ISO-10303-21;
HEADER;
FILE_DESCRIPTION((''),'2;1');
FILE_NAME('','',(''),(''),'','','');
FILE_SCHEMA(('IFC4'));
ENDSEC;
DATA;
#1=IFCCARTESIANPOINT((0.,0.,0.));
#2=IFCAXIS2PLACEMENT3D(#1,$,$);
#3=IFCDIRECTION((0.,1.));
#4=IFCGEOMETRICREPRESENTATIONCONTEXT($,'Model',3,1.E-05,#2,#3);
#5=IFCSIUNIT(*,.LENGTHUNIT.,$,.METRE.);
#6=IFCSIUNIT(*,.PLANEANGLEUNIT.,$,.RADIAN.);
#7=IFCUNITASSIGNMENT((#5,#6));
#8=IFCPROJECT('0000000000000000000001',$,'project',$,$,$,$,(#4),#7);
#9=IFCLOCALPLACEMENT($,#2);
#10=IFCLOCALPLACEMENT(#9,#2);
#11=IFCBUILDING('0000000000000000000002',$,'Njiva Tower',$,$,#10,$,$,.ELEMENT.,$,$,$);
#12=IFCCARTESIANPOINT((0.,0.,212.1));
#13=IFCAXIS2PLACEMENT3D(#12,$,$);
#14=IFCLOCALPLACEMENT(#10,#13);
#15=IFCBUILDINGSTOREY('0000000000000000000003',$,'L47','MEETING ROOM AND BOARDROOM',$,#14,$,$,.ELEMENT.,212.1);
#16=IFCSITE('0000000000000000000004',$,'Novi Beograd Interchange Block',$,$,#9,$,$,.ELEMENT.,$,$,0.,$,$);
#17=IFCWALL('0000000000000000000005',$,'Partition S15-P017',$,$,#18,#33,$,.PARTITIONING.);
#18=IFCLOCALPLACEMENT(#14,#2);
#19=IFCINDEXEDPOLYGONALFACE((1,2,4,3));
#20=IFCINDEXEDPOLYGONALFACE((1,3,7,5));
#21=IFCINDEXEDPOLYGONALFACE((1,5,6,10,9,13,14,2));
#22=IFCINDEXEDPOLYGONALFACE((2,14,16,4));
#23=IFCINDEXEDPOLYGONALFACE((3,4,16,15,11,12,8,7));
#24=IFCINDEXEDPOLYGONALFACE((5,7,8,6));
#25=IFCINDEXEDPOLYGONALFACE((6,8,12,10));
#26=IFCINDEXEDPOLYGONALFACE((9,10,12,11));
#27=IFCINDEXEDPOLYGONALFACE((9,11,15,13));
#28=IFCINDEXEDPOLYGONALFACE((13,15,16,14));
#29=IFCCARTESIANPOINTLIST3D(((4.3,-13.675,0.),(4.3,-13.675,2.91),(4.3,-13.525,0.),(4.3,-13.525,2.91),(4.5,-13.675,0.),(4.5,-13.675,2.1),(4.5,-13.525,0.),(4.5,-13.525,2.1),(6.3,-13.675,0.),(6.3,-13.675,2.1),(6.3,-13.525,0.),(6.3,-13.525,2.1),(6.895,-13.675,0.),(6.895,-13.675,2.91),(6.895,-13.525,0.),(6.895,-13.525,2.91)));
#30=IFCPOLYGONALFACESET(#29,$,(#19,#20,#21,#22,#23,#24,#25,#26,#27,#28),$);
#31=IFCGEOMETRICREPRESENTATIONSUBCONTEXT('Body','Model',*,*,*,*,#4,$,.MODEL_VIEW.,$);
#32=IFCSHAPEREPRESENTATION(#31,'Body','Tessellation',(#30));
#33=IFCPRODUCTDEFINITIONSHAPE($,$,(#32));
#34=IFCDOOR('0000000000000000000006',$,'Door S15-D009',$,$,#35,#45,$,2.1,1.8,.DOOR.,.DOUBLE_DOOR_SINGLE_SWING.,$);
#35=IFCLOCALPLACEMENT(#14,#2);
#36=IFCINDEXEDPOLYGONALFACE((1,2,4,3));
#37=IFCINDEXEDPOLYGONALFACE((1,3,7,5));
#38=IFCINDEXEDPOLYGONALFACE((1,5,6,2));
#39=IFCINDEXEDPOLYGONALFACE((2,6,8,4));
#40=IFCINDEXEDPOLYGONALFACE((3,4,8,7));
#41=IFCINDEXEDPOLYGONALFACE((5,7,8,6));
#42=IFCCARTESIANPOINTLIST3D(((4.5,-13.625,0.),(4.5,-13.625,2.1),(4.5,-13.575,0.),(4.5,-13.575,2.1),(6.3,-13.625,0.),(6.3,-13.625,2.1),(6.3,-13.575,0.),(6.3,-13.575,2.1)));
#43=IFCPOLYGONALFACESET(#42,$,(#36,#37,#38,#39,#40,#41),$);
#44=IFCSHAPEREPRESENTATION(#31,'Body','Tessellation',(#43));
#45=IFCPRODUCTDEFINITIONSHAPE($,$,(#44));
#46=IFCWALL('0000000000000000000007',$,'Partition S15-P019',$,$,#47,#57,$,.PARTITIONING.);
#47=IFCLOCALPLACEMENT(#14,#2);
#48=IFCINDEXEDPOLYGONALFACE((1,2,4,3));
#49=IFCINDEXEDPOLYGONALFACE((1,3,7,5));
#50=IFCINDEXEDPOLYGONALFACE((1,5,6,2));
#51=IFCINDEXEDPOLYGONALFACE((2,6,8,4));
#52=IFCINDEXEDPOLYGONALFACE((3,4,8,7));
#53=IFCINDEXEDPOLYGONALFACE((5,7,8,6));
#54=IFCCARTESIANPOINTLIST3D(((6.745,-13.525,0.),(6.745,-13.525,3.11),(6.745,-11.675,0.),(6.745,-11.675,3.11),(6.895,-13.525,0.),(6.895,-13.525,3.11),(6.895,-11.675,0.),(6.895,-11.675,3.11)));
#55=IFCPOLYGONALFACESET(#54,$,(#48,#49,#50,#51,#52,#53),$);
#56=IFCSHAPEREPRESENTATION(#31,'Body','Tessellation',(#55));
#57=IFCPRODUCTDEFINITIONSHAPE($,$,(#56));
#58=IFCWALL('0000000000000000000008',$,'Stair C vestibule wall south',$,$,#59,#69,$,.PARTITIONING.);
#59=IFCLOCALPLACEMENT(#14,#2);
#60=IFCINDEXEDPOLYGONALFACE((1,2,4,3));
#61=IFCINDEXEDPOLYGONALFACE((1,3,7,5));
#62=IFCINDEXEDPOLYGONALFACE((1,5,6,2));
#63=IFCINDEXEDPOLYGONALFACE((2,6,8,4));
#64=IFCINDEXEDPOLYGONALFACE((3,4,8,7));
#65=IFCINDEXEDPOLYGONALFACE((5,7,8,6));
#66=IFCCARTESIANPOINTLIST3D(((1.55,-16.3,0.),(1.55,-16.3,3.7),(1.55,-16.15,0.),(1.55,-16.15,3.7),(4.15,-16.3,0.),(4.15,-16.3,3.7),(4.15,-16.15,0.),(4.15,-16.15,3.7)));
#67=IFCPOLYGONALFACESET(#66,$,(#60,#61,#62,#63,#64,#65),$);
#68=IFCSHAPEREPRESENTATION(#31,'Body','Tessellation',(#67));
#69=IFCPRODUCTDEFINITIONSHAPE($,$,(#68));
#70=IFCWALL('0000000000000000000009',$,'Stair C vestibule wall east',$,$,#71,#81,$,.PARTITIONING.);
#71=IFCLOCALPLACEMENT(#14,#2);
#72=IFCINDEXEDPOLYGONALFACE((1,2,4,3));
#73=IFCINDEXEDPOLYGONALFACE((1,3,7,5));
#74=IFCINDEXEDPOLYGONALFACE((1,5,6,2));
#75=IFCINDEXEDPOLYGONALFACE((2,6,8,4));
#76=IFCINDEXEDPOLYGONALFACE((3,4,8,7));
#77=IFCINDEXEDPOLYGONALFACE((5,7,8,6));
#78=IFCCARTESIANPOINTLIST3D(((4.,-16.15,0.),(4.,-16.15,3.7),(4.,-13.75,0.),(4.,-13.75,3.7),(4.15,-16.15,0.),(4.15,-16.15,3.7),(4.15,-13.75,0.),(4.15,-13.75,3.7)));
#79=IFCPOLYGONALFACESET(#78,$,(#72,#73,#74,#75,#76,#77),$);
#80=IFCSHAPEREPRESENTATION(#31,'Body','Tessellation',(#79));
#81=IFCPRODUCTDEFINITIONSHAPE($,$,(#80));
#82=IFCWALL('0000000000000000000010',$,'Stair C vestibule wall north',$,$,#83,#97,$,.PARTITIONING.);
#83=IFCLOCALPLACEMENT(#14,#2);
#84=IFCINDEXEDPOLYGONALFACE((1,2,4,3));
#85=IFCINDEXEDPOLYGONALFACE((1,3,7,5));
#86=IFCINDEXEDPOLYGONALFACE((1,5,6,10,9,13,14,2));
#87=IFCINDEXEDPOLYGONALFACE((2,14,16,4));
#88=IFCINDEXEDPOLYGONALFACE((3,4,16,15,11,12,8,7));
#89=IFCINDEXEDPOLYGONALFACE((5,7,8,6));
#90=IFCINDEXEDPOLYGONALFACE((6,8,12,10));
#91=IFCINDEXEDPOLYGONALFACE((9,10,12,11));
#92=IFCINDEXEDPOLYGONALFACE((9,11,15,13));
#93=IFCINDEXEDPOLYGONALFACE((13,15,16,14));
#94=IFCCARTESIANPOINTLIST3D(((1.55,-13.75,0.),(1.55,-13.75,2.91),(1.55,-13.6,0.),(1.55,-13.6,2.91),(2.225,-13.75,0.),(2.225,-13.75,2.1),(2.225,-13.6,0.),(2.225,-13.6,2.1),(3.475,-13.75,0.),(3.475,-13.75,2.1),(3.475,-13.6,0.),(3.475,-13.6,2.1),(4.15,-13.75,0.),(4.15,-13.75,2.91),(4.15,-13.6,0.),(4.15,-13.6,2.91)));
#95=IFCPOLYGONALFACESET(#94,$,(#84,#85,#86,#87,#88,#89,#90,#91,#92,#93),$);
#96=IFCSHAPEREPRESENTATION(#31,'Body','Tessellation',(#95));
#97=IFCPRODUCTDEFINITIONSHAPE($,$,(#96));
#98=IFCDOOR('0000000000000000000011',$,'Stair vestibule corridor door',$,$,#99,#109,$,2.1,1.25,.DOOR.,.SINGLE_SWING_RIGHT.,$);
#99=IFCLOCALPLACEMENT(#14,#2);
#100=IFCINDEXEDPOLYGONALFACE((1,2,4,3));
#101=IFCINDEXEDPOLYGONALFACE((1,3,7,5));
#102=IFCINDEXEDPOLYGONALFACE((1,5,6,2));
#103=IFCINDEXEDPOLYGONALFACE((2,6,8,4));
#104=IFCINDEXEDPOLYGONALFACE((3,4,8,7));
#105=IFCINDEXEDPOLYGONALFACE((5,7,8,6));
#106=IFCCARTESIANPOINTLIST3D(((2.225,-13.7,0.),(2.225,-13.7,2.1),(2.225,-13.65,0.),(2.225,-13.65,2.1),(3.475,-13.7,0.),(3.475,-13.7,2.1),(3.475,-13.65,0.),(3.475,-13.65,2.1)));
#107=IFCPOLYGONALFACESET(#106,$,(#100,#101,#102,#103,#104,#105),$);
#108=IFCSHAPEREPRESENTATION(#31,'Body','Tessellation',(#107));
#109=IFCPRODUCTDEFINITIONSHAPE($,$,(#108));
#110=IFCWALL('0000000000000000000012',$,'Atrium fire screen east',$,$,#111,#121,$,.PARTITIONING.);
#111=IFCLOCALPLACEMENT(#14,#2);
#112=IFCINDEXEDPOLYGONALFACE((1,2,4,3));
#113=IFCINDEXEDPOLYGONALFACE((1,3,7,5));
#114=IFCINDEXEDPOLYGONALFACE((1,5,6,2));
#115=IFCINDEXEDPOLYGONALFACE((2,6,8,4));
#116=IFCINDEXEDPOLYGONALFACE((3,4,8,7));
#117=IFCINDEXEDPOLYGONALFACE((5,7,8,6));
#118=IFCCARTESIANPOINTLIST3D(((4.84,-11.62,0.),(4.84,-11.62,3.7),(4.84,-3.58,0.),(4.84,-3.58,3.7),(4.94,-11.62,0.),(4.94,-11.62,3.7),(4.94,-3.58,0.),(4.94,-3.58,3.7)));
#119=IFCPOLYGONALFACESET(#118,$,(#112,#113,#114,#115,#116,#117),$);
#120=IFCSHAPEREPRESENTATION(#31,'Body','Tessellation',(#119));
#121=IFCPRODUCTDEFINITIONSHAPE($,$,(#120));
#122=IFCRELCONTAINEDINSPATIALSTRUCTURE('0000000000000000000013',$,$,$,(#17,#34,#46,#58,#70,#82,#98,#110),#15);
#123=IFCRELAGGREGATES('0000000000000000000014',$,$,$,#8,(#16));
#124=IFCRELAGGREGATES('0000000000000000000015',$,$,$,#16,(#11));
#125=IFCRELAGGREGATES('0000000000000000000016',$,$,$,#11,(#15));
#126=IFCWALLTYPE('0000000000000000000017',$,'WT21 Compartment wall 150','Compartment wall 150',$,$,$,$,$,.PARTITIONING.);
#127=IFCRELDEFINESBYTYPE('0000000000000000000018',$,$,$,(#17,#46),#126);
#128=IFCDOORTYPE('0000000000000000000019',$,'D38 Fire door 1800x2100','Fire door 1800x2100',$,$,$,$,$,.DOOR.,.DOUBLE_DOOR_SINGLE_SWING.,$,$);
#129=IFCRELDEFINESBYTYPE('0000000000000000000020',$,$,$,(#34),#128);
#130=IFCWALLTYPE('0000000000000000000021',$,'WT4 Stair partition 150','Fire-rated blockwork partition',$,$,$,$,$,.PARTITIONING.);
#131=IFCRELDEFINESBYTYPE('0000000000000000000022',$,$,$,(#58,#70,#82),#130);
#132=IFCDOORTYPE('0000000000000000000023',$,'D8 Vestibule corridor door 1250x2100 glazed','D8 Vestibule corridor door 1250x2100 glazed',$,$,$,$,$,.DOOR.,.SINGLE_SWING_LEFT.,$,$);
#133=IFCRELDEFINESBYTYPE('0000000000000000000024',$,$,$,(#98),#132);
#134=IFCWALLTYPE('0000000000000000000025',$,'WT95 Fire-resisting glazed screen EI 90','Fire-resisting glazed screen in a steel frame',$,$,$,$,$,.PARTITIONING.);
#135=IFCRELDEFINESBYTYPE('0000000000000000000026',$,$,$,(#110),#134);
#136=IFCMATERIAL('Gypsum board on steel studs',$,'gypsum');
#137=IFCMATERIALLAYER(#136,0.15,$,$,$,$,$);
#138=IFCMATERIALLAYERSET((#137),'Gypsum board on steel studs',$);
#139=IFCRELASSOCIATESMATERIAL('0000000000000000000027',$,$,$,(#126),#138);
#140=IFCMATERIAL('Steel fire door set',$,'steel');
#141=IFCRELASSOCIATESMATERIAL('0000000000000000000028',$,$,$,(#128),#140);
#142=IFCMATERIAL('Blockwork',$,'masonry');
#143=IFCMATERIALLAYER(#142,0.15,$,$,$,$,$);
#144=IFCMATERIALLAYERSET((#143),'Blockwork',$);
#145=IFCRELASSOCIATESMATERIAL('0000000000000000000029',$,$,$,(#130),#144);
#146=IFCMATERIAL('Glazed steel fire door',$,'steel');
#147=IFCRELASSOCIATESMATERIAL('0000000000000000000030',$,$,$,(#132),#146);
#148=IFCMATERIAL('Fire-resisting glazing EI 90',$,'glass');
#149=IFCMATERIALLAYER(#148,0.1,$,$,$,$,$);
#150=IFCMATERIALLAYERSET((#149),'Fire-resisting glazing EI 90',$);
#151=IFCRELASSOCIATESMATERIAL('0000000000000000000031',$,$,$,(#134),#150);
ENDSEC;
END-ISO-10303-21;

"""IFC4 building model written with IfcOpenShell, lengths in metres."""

from ifc_helpers import new_model, si_unit, direction, frame, frame_2d, origin, place, context, subcontext, project, spatial, rectangle, extrude, material, layer, layer_set, type_object, element, fill, save


model = new_model("IFC4")

# Units and contexts
model_context = context("Model", 3, precision=1e-05, world=origin(), true_north=direction((0.0, 1.0)))
body_context = subcontext(model_context, "Body", "Model", "MODEL_VIEW")
ifc_project = project(units=[si_unit("LENGTHUNIT", "METRE"), si_unit("PLANEANGLEUNIT", "RADIAN")], contexts=[model_context])

# Site, building, storey
site_placement = place(None, origin())
site = spatial("IfcSite", under=ifc_project, at=site_placement, Name="Novi Beograd Interchange Block", CompositionType="ELEMENT", RefElevation=0.0)
building_placement = place(site_placement, origin())
building = spatial("IfcBuilding", under=site, at=building_placement, Name="Njiva Tower", CompositionType="ELEMENT")
storey_placement = place(building_placement, frame((0.0, 0.0, 212.1)))
storey = spatial("IfcBuildingStorey", under=building, at=storey_placement, Name="L47", Description="MEETING ROOM AND BOARDROOM", CompositionType="ELEMENT", Elevation=212.1)

# Shared definitions
ifc_material_1 = material(Name="Gypsum board on steel studs", Category="gypsum")

# Wall, opening, door
ifc_layer_1 = layer(ifc_material_1, 0.15)
ifc_layer_set_1 = layer_set([ifc_layer_1], Name="Gypsum board on steel studs")
wall_type_1 = type_object("IfcWallType", Name="WT21 Compartment wall 150", Description="Compartment wall 150", PredefinedType="PARTITIONING", material=ifc_layer_set_1)
wall_1_placement = place(storey_placement, frame((4.3, -13.6, 0.0), z_axis=(0.0, 0.0, 1.0), x_axis=(1.0, 0.0, 0.0)))
wall_1 = element("IfcWall", 1, at=wall_1_placement, inside=storey, type_object=wall_type_1, Name="Partition S15-P017", PredefinedType="PARTITIONING", context=body_context, shape_type="SweptSolid", body=[
    extrude(rectangle(XDim=2.595, YDim=0.15, at=frame_2d((1.2975, 0.0))), origin(), (0.0, 0.0, 1.0), 2.91),
])
opening_1_placement = place(wall_1_placement, frame((0.2, 0.0, 0.0)))
opening_1 = element("IfcOpeningElement", 2, at=opening_1_placement, cuts=wall_1, PredefinedType="OPENING", context=body_context, shape_type="SweptSolid", body=[
    extrude(rectangle(XDim=1.8, YDim=2.1, at=frame_2d((0.9, 1.05))), frame((0.0, 0.085, 0.0), z_axis=(0.0, -1.0, 0.0), x_axis=(1.0, 0.0, 0.0)), (0.0, 0.0, 1.0), 0.17),
])
ifc_material_2 = material(Name="Steel fire door set", Category="steel")
door_type_1 = type_object("IfcDoorType", Name="D38 Fire door 1800x2100", Description="Fire door 1800x2100", OperationType="DOUBLE_DOOR_SINGLE_SWING", PredefinedType="DOOR", material=ifc_material_2)
door_1_placement = place(opening_1_placement, origin())
door_1 = element("IfcDoor", 3, at=door_1_placement, inside=storey, type_object=door_type_1, Name="Door S15-D009", OperationType="DOUBLE_DOOR_SINGLE_SWING", OverallHeight=2.1, OverallWidth=1.8, PredefinedType="DOOR", context=body_context, shape_type="SweptSolid", body=[
    extrude(rectangle(XDim=1.8, YDim=2.1, at=frame_2d((0.9, 1.05))), frame((0.0, 0.025, 0.0), z_axis=(0.0, -1.0, 0.0), x_axis=(1.0, 0.0, 0.0)), (0.0, 0.0, 1.0), 0.05),
])
fill(opening_1, door_1)

# Walls
wall_2_placement = place(storey_placement, frame((6.82, -13.525, 0.0), z_axis=(0.0, 0.0, 1.0), x_axis=(0.0, 1.0, 0.0)))
element("IfcWall", 4, at=wall_2_placement, inside=storey, type_object=wall_type_1, Name="Partition S15-P019", PredefinedType="PARTITIONING", context=body_context, shape_type="SweptSolid", body=[
    extrude(rectangle(XDim=1.85, YDim=0.15, at=frame_2d((0.925, 0.0))), origin(), (0.0, 0.0, 1.0), 3.11),
])
ifc_material_3 = material(Name="Blockwork", Category="masonry")
ifc_layer_2 = layer(ifc_material_3, 0.15)
ifc_layer_set_2 = layer_set([ifc_layer_2], Name="Blockwork")
wall_type_2 = type_object("IfcWallType", Name="WT4 Stair partition 150", Description="Fire-rated blockwork partition", PredefinedType="PARTITIONING", material=ifc_layer_set_2)
wall_3_placement = place(storey_placement, frame((1.55, -16.225, 0.0), z_axis=(0.0, 0.0, 1.0), x_axis=(1.0, 0.0, 0.0)))
element("IfcWall", 5, at=wall_3_placement, inside=storey, type_object=wall_type_2, Name="Stair C vestibule wall south", PredefinedType="PARTITIONING", context=body_context, shape_type="SweptSolid", body=[
    extrude(rectangle(XDim=2.6, YDim=0.15, at=frame_2d((1.3, 0.0))), origin(), (0.0, 0.0, 1.0), 3.7),
])
wall_4_placement = place(storey_placement, frame((4.075, -16.15, 0.0), z_axis=(0.0, 0.0, 1.0), x_axis=(0.0, 1.0, 0.0)))
element("IfcWall", 6, at=wall_4_placement, inside=storey, type_object=wall_type_2, Name="Stair C vestibule wall east", PredefinedType="PARTITIONING", context=body_context, shape_type="SweptSolid", body=[
    extrude(rectangle(XDim=2.4, YDim=0.15, at=frame_2d((1.2, 0.0))), origin(), (0.0, 0.0, 1.0), 3.7),
])

# Wall, opening, door
wall_5_placement = place(storey_placement, frame((1.55, -13.675, 0.0), z_axis=(0.0, 0.0, 1.0), x_axis=(1.0, 0.0, 0.0)))
wall_5 = element("IfcWall", 7, at=wall_5_placement, inside=storey, type_object=wall_type_2, Name="Stair C vestibule wall north", PredefinedType="PARTITIONING", context=body_context, shape_type="SweptSolid", body=[
    extrude(rectangle(XDim=2.6, YDim=0.15, at=frame_2d((1.3, 0.0))), origin(), (0.0, 0.0, 1.0), 2.91),
])
opening_2_placement = place(wall_5_placement, frame((0.675, 0.0, 0.0)))
opening_2 = element("IfcOpeningElement", 8, at=opening_2_placement, cuts=wall_5, PredefinedType="OPENING", context=body_context, shape_type="SweptSolid", body=[
    extrude(rectangle(XDim=1.25, YDim=2.1, at=frame_2d((0.625, 1.05))), frame((0.0, 0.085, 0.0), z_axis=(0.0, -1.0, 0.0), x_axis=(1.0, 0.0, 0.0)), (0.0, 0.0, 1.0), 0.17),
])
ifc_material_4 = material(Name="Glazed steel fire door", Category="steel")
door_type_2 = type_object("IfcDoorType", Name="D8 Vestibule corridor door 1250x2100 glazed", Description="D8 Vestibule corridor door 1250x2100 glazed", OperationType="SINGLE_SWING_LEFT", PredefinedType="DOOR", material=ifc_material_4)
door_2_placement = place(opening_2_placement, origin())
door_2 = element("IfcDoor", 9, at=door_2_placement, inside=storey, type_object=door_type_2, Name="Stair vestibule corridor door", OperationType="SINGLE_SWING_RIGHT", OverallHeight=2.1, OverallWidth=1.25, PredefinedType="DOOR", context=body_context, shape_type="SweptSolid", body=[
    extrude(rectangle(XDim=1.25, YDim=2.1, at=frame_2d((0.625, 1.05))), frame((0.0, 0.025, 0.0), z_axis=(0.0, -1.0, 0.0), x_axis=(1.0, 0.0, 0.0)), (0.0, 0.0, 1.0), 0.05),
])
fill(opening_2, door_2)

# Wall
ifc_material_5 = material(Name="Fire-resisting glazing EI 90", Category="glass")
ifc_layer_3 = layer(ifc_material_5, 0.1)
ifc_layer_set_3 = layer_set([ifc_layer_3], Name="Fire-resisting glazing EI 90")
wall_type_3 = type_object("IfcWallType", Name="WT95 Fire-resisting glazed screen EI 90", Description="Fire-resisting glazed screen in a steel frame", PredefinedType="PARTITIONING", material=ifc_layer_set_3)
wall_6_placement = place(storey_placement, frame((4.89, -11.62, 0.0), z_axis=(0.0, 0.0, 1.0), x_axis=(0.0, 1.0, 0.0)))
element("IfcWall", 10, at=wall_6_placement, inside=storey, type_object=wall_type_3, Name="Atrium fire screen east", PredefinedType="PARTITIONING", context=body_context, shape_type="SweptSolid", body=[
    extrude(rectangle(XDim=8.04, YDim=0.1, at=frame_2d((4.02, 0.0))), origin(), (0.0, 0.0, 1.0), 3.7),
])

save(model, "model.ifc")
